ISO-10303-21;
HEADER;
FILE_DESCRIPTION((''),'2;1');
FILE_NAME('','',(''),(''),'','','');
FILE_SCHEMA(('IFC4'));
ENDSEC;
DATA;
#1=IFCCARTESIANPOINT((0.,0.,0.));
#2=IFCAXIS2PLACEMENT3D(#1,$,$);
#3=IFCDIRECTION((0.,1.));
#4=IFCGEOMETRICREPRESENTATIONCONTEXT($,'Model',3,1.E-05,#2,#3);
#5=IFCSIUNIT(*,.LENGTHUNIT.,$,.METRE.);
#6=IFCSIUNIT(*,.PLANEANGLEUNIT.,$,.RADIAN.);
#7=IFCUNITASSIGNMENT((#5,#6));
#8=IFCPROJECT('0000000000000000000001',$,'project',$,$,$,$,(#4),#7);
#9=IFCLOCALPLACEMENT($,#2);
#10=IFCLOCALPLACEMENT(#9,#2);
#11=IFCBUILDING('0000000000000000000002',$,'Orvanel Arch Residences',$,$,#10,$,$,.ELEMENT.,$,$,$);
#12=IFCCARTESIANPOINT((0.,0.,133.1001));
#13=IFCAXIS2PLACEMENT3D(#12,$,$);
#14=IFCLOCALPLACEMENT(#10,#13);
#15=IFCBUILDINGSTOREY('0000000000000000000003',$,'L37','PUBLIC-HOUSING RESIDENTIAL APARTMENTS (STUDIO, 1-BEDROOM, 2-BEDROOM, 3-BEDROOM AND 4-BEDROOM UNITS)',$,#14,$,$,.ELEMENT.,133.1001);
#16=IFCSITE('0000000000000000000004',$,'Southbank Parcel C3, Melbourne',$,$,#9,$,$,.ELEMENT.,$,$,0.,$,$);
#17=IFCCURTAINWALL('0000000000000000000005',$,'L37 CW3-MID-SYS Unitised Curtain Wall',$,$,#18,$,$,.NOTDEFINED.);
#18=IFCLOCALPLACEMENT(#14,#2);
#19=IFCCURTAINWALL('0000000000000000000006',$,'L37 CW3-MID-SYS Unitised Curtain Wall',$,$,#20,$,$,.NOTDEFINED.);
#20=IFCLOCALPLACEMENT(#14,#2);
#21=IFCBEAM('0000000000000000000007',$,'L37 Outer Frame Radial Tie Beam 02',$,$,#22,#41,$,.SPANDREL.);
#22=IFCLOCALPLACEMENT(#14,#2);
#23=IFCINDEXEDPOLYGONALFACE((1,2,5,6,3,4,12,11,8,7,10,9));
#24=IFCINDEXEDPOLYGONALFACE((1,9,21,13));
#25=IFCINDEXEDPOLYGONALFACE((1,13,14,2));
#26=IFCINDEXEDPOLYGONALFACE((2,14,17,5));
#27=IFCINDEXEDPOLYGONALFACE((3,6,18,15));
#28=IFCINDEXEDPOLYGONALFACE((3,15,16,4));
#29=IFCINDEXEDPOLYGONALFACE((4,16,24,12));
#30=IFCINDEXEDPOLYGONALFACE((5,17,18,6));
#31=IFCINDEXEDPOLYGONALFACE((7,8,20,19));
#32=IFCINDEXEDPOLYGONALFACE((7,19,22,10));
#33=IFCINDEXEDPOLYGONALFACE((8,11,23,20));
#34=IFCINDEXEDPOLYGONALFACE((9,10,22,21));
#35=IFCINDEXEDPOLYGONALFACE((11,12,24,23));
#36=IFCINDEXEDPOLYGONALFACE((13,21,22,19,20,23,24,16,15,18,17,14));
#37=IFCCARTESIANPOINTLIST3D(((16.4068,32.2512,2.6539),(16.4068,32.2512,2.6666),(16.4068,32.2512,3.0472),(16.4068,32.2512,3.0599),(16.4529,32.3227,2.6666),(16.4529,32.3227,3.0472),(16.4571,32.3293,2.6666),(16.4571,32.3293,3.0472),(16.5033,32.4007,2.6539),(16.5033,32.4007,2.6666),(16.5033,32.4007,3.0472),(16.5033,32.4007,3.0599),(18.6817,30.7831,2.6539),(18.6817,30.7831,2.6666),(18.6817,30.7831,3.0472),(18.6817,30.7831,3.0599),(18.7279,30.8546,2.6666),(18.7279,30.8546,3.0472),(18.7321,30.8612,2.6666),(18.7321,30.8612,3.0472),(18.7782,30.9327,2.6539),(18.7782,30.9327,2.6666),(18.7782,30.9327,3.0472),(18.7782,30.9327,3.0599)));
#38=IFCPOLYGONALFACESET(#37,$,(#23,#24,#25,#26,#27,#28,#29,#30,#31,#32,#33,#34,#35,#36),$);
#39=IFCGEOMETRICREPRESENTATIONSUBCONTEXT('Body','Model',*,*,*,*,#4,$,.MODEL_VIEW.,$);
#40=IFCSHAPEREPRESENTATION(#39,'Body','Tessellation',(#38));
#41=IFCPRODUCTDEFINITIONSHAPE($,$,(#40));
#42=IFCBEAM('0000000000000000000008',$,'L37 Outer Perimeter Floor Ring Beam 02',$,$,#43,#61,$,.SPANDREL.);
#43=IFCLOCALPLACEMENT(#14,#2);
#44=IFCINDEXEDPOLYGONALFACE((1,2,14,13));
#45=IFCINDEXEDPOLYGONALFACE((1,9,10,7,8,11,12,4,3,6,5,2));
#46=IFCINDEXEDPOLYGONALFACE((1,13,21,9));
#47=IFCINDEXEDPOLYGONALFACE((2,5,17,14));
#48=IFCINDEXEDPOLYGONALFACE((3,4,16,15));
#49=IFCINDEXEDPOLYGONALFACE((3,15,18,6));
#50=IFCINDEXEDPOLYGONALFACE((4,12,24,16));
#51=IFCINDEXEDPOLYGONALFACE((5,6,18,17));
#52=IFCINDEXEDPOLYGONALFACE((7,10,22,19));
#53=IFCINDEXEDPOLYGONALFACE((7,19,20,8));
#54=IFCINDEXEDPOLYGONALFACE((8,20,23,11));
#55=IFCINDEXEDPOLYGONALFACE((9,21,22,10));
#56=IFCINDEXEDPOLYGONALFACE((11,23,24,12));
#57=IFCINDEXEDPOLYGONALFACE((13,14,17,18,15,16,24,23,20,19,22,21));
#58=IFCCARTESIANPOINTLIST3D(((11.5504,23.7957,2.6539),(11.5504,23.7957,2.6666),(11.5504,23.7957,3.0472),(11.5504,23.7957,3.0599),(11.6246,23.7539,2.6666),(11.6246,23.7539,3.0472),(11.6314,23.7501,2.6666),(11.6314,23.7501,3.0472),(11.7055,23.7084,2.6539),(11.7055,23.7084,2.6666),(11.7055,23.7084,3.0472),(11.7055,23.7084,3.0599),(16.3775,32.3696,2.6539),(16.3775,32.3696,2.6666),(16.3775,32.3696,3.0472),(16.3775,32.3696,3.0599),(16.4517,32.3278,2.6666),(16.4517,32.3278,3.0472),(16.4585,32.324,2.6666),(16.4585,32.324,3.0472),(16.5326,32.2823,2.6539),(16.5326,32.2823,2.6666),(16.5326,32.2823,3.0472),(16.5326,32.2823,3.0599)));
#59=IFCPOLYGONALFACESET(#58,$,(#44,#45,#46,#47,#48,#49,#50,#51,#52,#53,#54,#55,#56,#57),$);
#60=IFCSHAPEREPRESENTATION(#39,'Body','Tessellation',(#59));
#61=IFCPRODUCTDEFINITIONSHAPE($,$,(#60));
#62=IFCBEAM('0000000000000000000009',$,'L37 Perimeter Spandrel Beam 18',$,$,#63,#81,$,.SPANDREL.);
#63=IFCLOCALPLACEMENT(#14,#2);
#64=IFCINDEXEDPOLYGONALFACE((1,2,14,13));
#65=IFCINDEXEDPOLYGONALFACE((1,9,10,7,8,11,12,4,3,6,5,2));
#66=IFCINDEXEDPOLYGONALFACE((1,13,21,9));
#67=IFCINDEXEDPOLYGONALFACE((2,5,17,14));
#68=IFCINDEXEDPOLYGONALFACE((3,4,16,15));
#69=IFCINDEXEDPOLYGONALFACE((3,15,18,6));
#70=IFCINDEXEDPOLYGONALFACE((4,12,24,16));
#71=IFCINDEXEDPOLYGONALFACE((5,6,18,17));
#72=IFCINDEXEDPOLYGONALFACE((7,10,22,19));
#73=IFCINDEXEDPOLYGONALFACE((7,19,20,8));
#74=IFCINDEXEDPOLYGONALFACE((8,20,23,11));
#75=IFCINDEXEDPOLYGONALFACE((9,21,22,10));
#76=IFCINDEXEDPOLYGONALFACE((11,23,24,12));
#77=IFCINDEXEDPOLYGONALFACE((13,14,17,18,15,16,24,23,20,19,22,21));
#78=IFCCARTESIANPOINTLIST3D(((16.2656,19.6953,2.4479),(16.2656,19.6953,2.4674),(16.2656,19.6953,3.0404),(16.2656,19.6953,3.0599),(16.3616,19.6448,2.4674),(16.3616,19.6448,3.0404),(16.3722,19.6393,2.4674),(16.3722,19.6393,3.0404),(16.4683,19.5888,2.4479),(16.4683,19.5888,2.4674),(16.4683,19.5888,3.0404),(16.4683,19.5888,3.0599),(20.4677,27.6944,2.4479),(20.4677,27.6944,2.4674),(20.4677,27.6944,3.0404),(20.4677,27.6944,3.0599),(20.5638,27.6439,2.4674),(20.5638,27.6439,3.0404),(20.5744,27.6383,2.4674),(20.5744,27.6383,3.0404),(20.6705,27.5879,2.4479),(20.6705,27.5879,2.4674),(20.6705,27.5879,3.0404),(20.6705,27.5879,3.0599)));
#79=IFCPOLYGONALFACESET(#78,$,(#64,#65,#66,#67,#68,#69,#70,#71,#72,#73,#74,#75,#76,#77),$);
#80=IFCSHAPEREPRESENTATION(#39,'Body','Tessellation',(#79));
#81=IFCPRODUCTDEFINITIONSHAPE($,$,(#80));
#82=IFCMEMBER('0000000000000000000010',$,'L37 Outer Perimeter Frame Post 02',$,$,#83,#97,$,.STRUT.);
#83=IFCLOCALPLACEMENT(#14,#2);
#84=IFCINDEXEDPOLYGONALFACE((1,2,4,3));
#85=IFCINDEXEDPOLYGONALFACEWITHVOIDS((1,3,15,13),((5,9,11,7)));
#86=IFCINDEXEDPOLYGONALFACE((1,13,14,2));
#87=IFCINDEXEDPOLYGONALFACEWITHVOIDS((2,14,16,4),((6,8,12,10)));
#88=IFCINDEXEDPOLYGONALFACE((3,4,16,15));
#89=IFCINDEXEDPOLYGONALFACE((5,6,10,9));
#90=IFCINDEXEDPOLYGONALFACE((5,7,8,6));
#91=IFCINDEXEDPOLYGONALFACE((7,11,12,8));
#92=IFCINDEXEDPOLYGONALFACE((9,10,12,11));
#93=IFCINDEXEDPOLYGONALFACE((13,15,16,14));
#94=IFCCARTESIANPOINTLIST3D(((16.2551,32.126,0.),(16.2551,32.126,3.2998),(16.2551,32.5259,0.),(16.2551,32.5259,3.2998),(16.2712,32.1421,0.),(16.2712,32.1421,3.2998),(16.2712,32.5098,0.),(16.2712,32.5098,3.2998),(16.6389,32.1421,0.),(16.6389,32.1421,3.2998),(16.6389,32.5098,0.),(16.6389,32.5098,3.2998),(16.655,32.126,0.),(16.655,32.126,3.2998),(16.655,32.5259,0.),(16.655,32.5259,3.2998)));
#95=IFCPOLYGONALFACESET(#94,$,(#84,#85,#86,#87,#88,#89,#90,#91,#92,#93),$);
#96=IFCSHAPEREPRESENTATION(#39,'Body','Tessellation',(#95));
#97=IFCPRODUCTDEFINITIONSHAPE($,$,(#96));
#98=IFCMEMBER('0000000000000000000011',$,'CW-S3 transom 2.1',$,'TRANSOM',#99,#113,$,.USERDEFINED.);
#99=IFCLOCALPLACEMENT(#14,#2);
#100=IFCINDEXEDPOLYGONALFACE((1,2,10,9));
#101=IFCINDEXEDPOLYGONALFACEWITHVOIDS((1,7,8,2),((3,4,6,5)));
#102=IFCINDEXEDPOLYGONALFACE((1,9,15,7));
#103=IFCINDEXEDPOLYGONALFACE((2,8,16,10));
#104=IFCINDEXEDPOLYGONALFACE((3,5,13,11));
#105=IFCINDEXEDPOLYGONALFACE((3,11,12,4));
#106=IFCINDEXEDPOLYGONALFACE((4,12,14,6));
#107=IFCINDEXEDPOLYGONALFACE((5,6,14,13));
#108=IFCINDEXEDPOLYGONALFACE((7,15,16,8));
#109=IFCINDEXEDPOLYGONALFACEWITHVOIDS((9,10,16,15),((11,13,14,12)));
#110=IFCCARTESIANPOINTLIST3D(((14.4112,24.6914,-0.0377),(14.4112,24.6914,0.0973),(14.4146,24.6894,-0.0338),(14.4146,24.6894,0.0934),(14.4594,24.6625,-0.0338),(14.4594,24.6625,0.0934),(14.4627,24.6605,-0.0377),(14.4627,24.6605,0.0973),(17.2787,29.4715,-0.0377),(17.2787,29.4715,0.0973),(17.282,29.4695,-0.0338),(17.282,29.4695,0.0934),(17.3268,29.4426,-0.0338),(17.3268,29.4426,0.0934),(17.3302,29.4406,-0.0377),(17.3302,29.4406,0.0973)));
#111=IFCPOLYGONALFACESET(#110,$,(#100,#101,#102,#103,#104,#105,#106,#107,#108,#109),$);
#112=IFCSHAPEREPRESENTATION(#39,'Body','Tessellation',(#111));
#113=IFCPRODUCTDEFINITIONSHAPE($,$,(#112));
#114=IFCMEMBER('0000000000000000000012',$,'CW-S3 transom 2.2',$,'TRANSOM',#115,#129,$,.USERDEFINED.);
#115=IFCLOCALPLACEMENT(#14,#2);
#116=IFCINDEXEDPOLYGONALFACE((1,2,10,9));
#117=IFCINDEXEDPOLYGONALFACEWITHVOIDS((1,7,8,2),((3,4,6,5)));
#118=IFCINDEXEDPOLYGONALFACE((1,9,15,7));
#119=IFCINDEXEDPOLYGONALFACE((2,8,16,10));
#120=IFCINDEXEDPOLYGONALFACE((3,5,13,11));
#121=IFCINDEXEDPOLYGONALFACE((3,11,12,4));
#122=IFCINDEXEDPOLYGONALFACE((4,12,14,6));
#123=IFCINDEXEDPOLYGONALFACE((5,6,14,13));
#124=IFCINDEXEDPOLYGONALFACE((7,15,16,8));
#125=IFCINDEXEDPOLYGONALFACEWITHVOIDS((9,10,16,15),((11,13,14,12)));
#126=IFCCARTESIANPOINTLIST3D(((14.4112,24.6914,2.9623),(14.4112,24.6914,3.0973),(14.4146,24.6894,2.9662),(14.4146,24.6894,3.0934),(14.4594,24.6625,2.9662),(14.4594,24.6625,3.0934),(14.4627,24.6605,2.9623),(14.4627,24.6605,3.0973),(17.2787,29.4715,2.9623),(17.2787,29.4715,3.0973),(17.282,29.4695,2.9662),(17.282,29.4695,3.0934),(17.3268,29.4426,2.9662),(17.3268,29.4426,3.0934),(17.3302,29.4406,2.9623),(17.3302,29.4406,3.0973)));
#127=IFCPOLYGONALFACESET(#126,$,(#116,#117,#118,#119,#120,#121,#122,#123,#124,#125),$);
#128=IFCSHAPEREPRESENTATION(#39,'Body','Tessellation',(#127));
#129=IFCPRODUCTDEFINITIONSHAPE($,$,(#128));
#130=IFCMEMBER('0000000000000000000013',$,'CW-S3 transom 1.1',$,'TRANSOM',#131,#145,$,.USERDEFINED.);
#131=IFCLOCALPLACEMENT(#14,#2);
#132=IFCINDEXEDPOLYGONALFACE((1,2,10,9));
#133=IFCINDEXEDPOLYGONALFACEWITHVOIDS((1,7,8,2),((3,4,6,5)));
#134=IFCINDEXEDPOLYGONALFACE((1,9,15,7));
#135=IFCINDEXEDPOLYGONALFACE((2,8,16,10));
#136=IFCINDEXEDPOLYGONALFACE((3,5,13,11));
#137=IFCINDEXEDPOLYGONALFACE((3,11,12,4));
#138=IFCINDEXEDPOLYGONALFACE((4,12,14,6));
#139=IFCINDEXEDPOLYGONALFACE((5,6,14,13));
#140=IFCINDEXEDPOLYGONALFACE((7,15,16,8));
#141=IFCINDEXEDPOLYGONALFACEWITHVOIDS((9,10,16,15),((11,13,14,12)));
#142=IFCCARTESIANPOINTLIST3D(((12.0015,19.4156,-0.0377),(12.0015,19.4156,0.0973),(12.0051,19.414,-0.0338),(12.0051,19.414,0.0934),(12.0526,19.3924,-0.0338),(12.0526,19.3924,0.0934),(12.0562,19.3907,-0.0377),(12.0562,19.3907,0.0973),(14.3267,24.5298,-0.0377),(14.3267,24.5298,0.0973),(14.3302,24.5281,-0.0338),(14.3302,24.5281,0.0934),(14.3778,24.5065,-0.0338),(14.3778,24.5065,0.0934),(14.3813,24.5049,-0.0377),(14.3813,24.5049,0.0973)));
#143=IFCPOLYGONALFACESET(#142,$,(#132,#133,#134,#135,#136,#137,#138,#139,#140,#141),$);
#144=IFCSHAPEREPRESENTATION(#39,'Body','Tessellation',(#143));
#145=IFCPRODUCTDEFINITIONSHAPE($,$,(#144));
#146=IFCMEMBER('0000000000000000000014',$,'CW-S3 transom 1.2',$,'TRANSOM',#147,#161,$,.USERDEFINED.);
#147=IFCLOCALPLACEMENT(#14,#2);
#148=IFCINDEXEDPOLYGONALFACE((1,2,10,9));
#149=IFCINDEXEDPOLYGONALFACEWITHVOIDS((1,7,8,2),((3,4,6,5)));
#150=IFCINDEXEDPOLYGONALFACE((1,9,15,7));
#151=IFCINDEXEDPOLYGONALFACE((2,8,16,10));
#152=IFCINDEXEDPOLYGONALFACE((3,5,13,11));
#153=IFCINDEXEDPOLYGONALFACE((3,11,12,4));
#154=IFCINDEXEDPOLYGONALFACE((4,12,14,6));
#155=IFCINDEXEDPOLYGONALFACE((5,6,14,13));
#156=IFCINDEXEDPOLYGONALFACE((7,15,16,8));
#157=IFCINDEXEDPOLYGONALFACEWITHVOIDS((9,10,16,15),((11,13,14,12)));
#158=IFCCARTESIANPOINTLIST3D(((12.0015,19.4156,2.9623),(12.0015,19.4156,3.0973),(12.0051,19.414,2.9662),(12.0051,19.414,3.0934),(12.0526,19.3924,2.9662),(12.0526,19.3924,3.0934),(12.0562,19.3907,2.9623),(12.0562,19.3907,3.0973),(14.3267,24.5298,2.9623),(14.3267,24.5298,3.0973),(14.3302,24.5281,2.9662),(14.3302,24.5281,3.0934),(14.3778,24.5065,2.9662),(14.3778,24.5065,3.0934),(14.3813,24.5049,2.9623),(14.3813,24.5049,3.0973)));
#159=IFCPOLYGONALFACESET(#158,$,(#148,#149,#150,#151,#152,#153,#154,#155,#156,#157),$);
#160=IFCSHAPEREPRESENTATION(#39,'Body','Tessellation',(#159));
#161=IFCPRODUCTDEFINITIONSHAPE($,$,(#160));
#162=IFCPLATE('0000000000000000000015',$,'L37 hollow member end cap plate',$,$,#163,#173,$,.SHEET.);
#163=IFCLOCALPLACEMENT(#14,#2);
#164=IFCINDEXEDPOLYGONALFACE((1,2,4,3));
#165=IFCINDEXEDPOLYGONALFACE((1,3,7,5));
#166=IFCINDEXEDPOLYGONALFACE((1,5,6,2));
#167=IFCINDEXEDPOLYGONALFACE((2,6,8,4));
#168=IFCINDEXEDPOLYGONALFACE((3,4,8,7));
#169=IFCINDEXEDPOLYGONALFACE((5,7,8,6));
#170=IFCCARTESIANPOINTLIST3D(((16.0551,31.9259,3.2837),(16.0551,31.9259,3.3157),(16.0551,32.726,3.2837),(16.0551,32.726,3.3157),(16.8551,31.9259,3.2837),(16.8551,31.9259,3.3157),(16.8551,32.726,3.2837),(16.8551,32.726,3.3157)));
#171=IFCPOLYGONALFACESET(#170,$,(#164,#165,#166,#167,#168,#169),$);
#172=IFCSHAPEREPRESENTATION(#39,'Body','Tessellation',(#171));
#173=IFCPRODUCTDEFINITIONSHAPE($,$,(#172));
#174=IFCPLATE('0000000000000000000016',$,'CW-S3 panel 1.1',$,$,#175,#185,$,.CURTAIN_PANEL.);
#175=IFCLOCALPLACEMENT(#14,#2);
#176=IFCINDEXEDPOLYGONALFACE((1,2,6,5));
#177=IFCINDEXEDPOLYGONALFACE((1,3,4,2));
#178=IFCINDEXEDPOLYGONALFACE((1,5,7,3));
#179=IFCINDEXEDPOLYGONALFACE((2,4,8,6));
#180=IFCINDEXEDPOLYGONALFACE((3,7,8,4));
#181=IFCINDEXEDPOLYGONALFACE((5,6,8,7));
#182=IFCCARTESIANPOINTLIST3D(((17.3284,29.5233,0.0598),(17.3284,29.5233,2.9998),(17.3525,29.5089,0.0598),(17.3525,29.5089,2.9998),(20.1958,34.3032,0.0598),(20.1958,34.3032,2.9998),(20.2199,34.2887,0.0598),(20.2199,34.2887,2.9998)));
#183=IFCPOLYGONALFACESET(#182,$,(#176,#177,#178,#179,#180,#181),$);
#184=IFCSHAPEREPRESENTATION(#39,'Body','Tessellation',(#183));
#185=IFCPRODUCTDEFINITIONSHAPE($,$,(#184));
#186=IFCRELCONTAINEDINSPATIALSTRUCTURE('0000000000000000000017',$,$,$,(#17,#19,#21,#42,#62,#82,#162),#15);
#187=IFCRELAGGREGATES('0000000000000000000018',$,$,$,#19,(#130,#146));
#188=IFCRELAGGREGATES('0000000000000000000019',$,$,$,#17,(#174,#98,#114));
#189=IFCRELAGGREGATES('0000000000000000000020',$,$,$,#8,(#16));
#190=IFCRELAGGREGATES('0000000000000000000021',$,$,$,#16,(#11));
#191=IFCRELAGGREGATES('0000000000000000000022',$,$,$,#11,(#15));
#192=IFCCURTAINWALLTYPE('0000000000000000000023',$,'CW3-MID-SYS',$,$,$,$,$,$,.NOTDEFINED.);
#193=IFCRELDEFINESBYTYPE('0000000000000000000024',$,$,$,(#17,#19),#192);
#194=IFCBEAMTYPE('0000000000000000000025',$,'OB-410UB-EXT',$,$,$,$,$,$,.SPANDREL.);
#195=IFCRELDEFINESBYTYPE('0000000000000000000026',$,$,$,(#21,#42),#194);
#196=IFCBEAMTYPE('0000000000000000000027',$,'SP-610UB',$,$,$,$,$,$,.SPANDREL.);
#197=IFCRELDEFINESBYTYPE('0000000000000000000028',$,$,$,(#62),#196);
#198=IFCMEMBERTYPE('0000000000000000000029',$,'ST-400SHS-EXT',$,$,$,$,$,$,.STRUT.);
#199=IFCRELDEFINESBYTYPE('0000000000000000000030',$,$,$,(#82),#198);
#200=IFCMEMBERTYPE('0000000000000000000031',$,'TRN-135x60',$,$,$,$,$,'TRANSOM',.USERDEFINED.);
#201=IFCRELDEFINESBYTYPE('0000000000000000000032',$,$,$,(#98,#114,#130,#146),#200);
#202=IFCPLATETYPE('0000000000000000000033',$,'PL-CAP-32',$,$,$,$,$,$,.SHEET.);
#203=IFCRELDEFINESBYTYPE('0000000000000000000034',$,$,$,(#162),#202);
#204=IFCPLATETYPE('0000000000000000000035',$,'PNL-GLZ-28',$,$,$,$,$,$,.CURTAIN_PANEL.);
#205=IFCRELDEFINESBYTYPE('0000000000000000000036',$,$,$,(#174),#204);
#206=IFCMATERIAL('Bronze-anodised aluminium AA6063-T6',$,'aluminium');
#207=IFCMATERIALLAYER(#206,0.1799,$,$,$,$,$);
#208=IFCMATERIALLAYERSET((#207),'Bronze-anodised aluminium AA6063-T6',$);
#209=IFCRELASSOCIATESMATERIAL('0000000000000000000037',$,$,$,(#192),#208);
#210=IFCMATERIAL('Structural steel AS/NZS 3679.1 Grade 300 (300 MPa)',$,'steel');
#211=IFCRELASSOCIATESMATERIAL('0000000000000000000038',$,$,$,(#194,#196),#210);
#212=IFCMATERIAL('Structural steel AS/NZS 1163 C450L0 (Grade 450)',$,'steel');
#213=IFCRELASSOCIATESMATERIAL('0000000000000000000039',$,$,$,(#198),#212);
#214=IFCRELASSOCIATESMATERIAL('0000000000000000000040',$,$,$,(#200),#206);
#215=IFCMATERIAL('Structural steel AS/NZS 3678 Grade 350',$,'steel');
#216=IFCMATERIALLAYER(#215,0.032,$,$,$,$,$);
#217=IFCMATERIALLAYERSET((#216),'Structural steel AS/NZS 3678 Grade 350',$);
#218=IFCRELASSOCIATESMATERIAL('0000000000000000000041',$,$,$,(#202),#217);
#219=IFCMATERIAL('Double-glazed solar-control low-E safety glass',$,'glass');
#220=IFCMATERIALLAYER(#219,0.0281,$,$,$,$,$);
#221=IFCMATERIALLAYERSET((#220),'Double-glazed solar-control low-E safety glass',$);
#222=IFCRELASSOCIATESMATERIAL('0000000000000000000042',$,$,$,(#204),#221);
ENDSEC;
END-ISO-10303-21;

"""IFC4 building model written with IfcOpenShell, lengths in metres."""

from ifc_helpers import new_model, si_unit, direction, frame, origin, origin_2d, place, context, subcontext, project, spatial, rectangle, hollow_rectangle, i_section, extrude, material, layer, layer_set, material_profile, profile_set, type_object, element, aggregate, save


model = new_model("IFC4")

# Units and contexts
model_context = context("Model", 3, precision=1e-05, world=origin(), true_north=direction((0.0, 1.0)))
body_context = subcontext(model_context, "Body", "Model", "MODEL_VIEW")
ifc_project = project(units=[si_unit("LENGTHUNIT", "METRE"), si_unit("PLANEANGLEUNIT", "RADIAN")], contexts=[model_context])

# Site, building, storey
site_placement = place(None, origin())
site = spatial("IfcSite", under=ifc_project, at=site_placement, Name="Southbank Parcel C3, Melbourne", CompositionType="ELEMENT", RefElevation=0.0)
building_placement = place(site_placement, origin())
building = spatial("IfcBuilding", under=site, at=building_placement, Name="Orvanel Arch Residences", CompositionType="ELEMENT")
storey_placement = place(building_placement, frame((0.0, 0.0, 133.1001)))
storey = spatial("IfcBuildingStorey", under=building, at=storey_placement, Name="L37", Description="PUBLIC-HOUSING RESIDENTIAL APARTMENTS (STUDIO, 1-BEDROOM, 2-BEDROOM, 3-BEDROOM AND 4-BEDROOM UNITS)", CompositionType="ELEMENT", Elevation=133.1001)

# Shared definitions
ifc_material_1 = material(Name="Structural steel AS/NZS 1163 C450L0 (Grade 450)", Category="steel")

# Shared definitions
ifc_material_2 = material(Name="Structural steel AS/NZS 3679.1 Grade 300 (300 MPa)", Category="steel")

# Curtain wall
ifc_material_3 = material(Name="Bronze-anodised aluminium AA6063-T6", Category="aluminium")
ifc_layer_1 = layer(ifc_material_3, 0.1799)
ifc_layer_set_1 = layer_set([ifc_layer_1], Name="Bronze-anodised aluminium AA6063-T6")
curtain_wall_type = type_object("IfcCurtainWallType", Name="CW3-MID-SYS", PredefinedType="NOTDEFINED", material=ifc_layer_set_1)
curtain_wall_1_placement = place(storey_placement, origin())
curtain_wall_1 = element("IfcCurtainWall", 1, at=curtain_wall_1_placement, inside=storey, type_object=curtain_wall_type, Name="L37 CW3-MID-SYS Unitised Curtain Wall", PredefinedType="NOTDEFINED")

# Curtain wall
curtain_wall_2_placement = place(storey_placement, origin())
curtain_wall_2 = element("IfcCurtainWall", 2, at=curtain_wall_2_placement, inside=storey, type_object=curtain_wall_type, Name="L37 CW3-MID-SYS Unitised Curtain Wall", PredefinedType="NOTDEFINED")

# Beams
ifc_material_profile_1 = material_profile(ifc_material_2, i_section(OverallWidth=0.178, OverallDepth=0.406, WebThickness=0.0078, FlangeThickness=0.0127, at=origin_2d()), Name="410UB59.7")
ifc_profile_set_1 = profile_set([ifc_material_profile_1], Name="Structural steel AS/NZS 3679.1 Grade 300 (300 MPa)")
beam_type_1 = type_object("IfcBeamType", Name="OB-410UB-EXT", PredefinedType="SPANDREL", material=ifc_profile_set_1)
beam_1_placement = place(storey_placement, frame((18.73, 30.8579, 2.8569), z_axis=(-0.84024, 0.542215, 0.0), x_axis=(-0.542215, -0.84024, 0.0)))
element("IfcBeam", 3, at=beam_1_placement, inside=storey, type_object=beam_type_1, Name="L37 Outer Frame Radial Tie Beam 02", PredefinedType="SPANDREL", context=body_context, shape_type="SweptSolid", body=[
    extrude(i_section(OverallWidth=0.178, OverallDepth=0.406, WebThickness=0.0078, FlangeThickness=0.0127, at=origin_2d()), origin(), (0.0, 0.0, 1.0), 2.7075),
])
beam_2_placement = place(storey_placement, frame((16.4551, 32.3259, 2.8569), z_axis=(-0.490592, -0.871389, 0.0), x_axis=(0.871389, -0.490592, 0.0)))
element("IfcBeam", 4, at=beam_2_placement, inside=storey, type_object=beam_type_1, Name="L37 Outer Perimeter Floor Ring Beam 02", PredefinedType="SPANDREL", context=body_context, shape_type="SweptSolid", body=[
    extrude(i_section(OverallWidth=0.178, OverallDepth=0.406, WebThickness=0.0078, FlangeThickness=0.0127, at=origin_2d()), origin(), (0.0, 0.0, 1.0), 9.8394),
])
ifc_material_profile_2 = material_profile(ifc_material_2, i_section(OverallWidth=0.229, OverallDepth=0.6121, WebThickness=0.012, FlangeThickness=0.0195, at=origin_2d()), Name="610UB125")
ifc_profile_set_2 = profile_set([ifc_material_profile_2], Name="Structural steel AS/NZS 3679.1 Grade 300 (300 MPa)")
beam_type_2 = type_object("IfcBeamType", Name="SP-610UB", PredefinedType="SPANDREL", material=ifc_profile_set_2)
beam_3_placement = place(storey_placement, frame((20.5691, 27.6411, 2.7539), z_axis=(-0.465065, -0.885277, 0.0), x_axis=(0.885277, -0.465065, 0.0)))
element("IfcBeam", 5, at=beam_3_placement, inside=storey, type_object=beam_type_2, Name="L37 Perimeter Spandrel Beam 18", PredefinedType="SPANDREL", context=body_context, shape_type="SweptSolid", body=[
    extrude(i_section(OverallWidth=0.229, OverallDepth=0.6121, WebThickness=0.012, FlangeThickness=0.0195, at=origin_2d()), origin(), (0.0, 0.0, 1.0), 9.0356),
])

# Members
ifc_material_profile_3 = material_profile(ifc_material_1, hollow_rectangle(XDim=0.3999, YDim=0.3999, WallThickness=0.0161, at=origin_2d()), Name="SHS400x400x16")
ifc_profile_set_3 = profile_set([ifc_material_profile_3], Name="Structural steel AS/NZS 1163 C450L0 (Grade 450)")
member_type_1 = type_object("IfcMemberType", Name="ST-400SHS-EXT", PredefinedType="STRUT", material=ifc_profile_set_3)
member_1_placement = place(storey_placement, frame((16.4551, 32.3259, 0.0), z_axis=(0.0, 0.0, 1.0), x_axis=(1.0, 0.0, 0.0)))
element("IfcMember", 6, at=member_1_placement, inside=storey, type_object=member_type_1, Name="L37 Outer Perimeter Frame Post 02", PredefinedType="STRUT", context=body_context, shape_type="SweptSolid", body=[
    extrude(hollow_rectangle(XDim=0.3999, YDim=0.3999, WallThickness=0.0161, at=origin_2d()), origin(), (0.0, 0.0, 1.0), 3.2998),
])
ifc_material_profile_4 = material_profile(ifc_material_3, hollow_rectangle(XDim=0.0601, YDim=0.135, WallThickness=0.0039, at=origin_2d()), Name="ALU135x60x4")
ifc_profile_set_4 = profile_set([ifc_material_profile_4], Name="Bronze-anodised aluminium AA6063-T6")
member_type_2 = type_object("IfcMemberType", Name="TRN-135x60", ElementType="TRANSOM", PredefinedType="USERDEFINED", material=ifc_profile_set_4)
member_2_placement = place(storey_placement, frame((17.3044, 29.4561, 0.0298), z_axis=(-0.514418, -0.857539, 0.0), x_axis=(0.857539, -0.514418, 0.0)))
member_2 = element("IfcMember", 7, at=member_2_placement, type_object=member_type_2, Name="CW-S3 transom 2.1", ObjectType="TRANSOM", PredefinedType="USERDEFINED", context=body_context, shape_type="SweptSolid", body=[
    extrude(hollow_rectangle(XDim=0.0601, YDim=0.135, WallThickness=0.0039, at=origin_2d()), origin(), (0.0, 0.0, 1.0), 5.5742),
])
member_3_placement = place(storey_placement, frame((17.3044, 29.4561, 3.0298), z_axis=(-0.514418, -0.857539, 0.0), x_axis=(0.857539, -0.514418, 0.0)))
member_3 = element("IfcMember", 8, at=member_3_placement, type_object=member_type_2, Name="CW-S3 transom 2.2", ObjectType="TRANSOM", PredefinedType="USERDEFINED", context=body_context, shape_type="SweptSolid", body=[
    extrude(hollow_rectangle(XDim=0.0601, YDim=0.135, WallThickness=0.0039, at=origin_2d()), origin(), (0.0, 0.0, 1.0), 5.5742),
])
member_4_placement = place(storey_placement, frame((14.354, 24.5173, 0.0298), z_axis=(-0.413882, -0.910331, 0.0), x_axis=(0.910331, -0.413882, 0.0)))
member_4 = element("IfcMember", 9, at=member_4_placement, type_object=member_type_2, Name="CW-S3 transom 1.1", ObjectType="TRANSOM", PredefinedType="USERDEFINED", context=body_context, shape_type="SweptSolid", body=[
    extrude(hollow_rectangle(XDim=0.0601, YDim=0.135, WallThickness=0.0039, at=origin_2d()), origin(), (0.0, 0.0, 1.0), 5.6179),
])
member_5_placement = place(storey_placement, frame((14.354, 24.5173, 3.0298), z_axis=(-0.413882, -0.910331, 0.0), x_axis=(0.910331, -0.413882, 0.0)))
member_5 = element("IfcMember", 10, at=member_5_placement, type_object=member_type_2, Name="CW-S3 transom 1.2", ObjectType="TRANSOM", PredefinedType="USERDEFINED", context=body_context, shape_type="SweptSolid", body=[
    extrude(hollow_rectangle(XDim=0.0601, YDim=0.135, WallThickness=0.0039, at=origin_2d()), origin(), (0.0, 0.0, 1.0), 5.6179),
])
aggregate(curtain_wall_2, [member_4, member_5])

# Plates
ifc_material_4 = material(Name="Structural steel AS/NZS 3678 Grade 350", Category="steel")
ifc_layer_2 = layer(ifc_material_4, 0.032)
ifc_layer_set_2 = layer_set([ifc_layer_2], Name="Structural steel AS/NZS 3678 Grade 350")
plate_type_1 = type_object("IfcPlateType", Name="PL-CAP-32", PredefinedType="SHEET", material=ifc_layer_set_2)
plate_1_placement = place(storey_placement, frame((16.4551, 32.3259, 3.2837), z_axis=(0.0, 0.0, 1.0), x_axis=(1.0, 0.0, 0.0)))
element("IfcPlate", 11, at=plate_1_placement, inside=storey, type_object=plate_type_1, Name="L37 hollow member end cap plate", PredefinedType="SHEET", context=body_context, shape_type="SweptSolid", body=[
    extrude(rectangle(XDim=0.8, YDim=0.8, at=origin_2d()), origin(), (0.0, 0.0, 1.0), 0.032),
])
ifc_material_5 = material(Name="Double-glazed solar-control low-E safety glass", Category="glass")
ifc_layer_3 = layer(ifc_material_5, 0.0281)
ifc_layer_set_3 = layer_set([ifc_layer_3], Name="Double-glazed solar-control low-E safety glass")
plate_type_2 = type_object("IfcPlateType", Name="PNL-GLZ-28", PredefinedType="CURTAIN_PANEL", material=ifc_layer_set_3)
plate_2_placement = place(storey_placement, frame((18.7742, 31.906, 0.0598), z_axis=(0.0, 0.0, 1.0), x_axis=(-0.514431, -0.857532, 0.0)))
plate_2 = element("IfcPlate", 12, at=plate_2_placement, type_object=plate_type_2, Name="CW-S3 panel 1.1", PredefinedType="CURTAIN_PANEL", context=body_context, shape_type="SweptSolid", body=[
    extrude(rectangle(XDim=5.574, YDim=0.0281, at=origin_2d()), origin(), (0.0, 0.0, 1.0), 2.9399),
])
aggregate(curtain_wall_1, [plate_2, member_2, member_3])

save(model, "model.ifc")
